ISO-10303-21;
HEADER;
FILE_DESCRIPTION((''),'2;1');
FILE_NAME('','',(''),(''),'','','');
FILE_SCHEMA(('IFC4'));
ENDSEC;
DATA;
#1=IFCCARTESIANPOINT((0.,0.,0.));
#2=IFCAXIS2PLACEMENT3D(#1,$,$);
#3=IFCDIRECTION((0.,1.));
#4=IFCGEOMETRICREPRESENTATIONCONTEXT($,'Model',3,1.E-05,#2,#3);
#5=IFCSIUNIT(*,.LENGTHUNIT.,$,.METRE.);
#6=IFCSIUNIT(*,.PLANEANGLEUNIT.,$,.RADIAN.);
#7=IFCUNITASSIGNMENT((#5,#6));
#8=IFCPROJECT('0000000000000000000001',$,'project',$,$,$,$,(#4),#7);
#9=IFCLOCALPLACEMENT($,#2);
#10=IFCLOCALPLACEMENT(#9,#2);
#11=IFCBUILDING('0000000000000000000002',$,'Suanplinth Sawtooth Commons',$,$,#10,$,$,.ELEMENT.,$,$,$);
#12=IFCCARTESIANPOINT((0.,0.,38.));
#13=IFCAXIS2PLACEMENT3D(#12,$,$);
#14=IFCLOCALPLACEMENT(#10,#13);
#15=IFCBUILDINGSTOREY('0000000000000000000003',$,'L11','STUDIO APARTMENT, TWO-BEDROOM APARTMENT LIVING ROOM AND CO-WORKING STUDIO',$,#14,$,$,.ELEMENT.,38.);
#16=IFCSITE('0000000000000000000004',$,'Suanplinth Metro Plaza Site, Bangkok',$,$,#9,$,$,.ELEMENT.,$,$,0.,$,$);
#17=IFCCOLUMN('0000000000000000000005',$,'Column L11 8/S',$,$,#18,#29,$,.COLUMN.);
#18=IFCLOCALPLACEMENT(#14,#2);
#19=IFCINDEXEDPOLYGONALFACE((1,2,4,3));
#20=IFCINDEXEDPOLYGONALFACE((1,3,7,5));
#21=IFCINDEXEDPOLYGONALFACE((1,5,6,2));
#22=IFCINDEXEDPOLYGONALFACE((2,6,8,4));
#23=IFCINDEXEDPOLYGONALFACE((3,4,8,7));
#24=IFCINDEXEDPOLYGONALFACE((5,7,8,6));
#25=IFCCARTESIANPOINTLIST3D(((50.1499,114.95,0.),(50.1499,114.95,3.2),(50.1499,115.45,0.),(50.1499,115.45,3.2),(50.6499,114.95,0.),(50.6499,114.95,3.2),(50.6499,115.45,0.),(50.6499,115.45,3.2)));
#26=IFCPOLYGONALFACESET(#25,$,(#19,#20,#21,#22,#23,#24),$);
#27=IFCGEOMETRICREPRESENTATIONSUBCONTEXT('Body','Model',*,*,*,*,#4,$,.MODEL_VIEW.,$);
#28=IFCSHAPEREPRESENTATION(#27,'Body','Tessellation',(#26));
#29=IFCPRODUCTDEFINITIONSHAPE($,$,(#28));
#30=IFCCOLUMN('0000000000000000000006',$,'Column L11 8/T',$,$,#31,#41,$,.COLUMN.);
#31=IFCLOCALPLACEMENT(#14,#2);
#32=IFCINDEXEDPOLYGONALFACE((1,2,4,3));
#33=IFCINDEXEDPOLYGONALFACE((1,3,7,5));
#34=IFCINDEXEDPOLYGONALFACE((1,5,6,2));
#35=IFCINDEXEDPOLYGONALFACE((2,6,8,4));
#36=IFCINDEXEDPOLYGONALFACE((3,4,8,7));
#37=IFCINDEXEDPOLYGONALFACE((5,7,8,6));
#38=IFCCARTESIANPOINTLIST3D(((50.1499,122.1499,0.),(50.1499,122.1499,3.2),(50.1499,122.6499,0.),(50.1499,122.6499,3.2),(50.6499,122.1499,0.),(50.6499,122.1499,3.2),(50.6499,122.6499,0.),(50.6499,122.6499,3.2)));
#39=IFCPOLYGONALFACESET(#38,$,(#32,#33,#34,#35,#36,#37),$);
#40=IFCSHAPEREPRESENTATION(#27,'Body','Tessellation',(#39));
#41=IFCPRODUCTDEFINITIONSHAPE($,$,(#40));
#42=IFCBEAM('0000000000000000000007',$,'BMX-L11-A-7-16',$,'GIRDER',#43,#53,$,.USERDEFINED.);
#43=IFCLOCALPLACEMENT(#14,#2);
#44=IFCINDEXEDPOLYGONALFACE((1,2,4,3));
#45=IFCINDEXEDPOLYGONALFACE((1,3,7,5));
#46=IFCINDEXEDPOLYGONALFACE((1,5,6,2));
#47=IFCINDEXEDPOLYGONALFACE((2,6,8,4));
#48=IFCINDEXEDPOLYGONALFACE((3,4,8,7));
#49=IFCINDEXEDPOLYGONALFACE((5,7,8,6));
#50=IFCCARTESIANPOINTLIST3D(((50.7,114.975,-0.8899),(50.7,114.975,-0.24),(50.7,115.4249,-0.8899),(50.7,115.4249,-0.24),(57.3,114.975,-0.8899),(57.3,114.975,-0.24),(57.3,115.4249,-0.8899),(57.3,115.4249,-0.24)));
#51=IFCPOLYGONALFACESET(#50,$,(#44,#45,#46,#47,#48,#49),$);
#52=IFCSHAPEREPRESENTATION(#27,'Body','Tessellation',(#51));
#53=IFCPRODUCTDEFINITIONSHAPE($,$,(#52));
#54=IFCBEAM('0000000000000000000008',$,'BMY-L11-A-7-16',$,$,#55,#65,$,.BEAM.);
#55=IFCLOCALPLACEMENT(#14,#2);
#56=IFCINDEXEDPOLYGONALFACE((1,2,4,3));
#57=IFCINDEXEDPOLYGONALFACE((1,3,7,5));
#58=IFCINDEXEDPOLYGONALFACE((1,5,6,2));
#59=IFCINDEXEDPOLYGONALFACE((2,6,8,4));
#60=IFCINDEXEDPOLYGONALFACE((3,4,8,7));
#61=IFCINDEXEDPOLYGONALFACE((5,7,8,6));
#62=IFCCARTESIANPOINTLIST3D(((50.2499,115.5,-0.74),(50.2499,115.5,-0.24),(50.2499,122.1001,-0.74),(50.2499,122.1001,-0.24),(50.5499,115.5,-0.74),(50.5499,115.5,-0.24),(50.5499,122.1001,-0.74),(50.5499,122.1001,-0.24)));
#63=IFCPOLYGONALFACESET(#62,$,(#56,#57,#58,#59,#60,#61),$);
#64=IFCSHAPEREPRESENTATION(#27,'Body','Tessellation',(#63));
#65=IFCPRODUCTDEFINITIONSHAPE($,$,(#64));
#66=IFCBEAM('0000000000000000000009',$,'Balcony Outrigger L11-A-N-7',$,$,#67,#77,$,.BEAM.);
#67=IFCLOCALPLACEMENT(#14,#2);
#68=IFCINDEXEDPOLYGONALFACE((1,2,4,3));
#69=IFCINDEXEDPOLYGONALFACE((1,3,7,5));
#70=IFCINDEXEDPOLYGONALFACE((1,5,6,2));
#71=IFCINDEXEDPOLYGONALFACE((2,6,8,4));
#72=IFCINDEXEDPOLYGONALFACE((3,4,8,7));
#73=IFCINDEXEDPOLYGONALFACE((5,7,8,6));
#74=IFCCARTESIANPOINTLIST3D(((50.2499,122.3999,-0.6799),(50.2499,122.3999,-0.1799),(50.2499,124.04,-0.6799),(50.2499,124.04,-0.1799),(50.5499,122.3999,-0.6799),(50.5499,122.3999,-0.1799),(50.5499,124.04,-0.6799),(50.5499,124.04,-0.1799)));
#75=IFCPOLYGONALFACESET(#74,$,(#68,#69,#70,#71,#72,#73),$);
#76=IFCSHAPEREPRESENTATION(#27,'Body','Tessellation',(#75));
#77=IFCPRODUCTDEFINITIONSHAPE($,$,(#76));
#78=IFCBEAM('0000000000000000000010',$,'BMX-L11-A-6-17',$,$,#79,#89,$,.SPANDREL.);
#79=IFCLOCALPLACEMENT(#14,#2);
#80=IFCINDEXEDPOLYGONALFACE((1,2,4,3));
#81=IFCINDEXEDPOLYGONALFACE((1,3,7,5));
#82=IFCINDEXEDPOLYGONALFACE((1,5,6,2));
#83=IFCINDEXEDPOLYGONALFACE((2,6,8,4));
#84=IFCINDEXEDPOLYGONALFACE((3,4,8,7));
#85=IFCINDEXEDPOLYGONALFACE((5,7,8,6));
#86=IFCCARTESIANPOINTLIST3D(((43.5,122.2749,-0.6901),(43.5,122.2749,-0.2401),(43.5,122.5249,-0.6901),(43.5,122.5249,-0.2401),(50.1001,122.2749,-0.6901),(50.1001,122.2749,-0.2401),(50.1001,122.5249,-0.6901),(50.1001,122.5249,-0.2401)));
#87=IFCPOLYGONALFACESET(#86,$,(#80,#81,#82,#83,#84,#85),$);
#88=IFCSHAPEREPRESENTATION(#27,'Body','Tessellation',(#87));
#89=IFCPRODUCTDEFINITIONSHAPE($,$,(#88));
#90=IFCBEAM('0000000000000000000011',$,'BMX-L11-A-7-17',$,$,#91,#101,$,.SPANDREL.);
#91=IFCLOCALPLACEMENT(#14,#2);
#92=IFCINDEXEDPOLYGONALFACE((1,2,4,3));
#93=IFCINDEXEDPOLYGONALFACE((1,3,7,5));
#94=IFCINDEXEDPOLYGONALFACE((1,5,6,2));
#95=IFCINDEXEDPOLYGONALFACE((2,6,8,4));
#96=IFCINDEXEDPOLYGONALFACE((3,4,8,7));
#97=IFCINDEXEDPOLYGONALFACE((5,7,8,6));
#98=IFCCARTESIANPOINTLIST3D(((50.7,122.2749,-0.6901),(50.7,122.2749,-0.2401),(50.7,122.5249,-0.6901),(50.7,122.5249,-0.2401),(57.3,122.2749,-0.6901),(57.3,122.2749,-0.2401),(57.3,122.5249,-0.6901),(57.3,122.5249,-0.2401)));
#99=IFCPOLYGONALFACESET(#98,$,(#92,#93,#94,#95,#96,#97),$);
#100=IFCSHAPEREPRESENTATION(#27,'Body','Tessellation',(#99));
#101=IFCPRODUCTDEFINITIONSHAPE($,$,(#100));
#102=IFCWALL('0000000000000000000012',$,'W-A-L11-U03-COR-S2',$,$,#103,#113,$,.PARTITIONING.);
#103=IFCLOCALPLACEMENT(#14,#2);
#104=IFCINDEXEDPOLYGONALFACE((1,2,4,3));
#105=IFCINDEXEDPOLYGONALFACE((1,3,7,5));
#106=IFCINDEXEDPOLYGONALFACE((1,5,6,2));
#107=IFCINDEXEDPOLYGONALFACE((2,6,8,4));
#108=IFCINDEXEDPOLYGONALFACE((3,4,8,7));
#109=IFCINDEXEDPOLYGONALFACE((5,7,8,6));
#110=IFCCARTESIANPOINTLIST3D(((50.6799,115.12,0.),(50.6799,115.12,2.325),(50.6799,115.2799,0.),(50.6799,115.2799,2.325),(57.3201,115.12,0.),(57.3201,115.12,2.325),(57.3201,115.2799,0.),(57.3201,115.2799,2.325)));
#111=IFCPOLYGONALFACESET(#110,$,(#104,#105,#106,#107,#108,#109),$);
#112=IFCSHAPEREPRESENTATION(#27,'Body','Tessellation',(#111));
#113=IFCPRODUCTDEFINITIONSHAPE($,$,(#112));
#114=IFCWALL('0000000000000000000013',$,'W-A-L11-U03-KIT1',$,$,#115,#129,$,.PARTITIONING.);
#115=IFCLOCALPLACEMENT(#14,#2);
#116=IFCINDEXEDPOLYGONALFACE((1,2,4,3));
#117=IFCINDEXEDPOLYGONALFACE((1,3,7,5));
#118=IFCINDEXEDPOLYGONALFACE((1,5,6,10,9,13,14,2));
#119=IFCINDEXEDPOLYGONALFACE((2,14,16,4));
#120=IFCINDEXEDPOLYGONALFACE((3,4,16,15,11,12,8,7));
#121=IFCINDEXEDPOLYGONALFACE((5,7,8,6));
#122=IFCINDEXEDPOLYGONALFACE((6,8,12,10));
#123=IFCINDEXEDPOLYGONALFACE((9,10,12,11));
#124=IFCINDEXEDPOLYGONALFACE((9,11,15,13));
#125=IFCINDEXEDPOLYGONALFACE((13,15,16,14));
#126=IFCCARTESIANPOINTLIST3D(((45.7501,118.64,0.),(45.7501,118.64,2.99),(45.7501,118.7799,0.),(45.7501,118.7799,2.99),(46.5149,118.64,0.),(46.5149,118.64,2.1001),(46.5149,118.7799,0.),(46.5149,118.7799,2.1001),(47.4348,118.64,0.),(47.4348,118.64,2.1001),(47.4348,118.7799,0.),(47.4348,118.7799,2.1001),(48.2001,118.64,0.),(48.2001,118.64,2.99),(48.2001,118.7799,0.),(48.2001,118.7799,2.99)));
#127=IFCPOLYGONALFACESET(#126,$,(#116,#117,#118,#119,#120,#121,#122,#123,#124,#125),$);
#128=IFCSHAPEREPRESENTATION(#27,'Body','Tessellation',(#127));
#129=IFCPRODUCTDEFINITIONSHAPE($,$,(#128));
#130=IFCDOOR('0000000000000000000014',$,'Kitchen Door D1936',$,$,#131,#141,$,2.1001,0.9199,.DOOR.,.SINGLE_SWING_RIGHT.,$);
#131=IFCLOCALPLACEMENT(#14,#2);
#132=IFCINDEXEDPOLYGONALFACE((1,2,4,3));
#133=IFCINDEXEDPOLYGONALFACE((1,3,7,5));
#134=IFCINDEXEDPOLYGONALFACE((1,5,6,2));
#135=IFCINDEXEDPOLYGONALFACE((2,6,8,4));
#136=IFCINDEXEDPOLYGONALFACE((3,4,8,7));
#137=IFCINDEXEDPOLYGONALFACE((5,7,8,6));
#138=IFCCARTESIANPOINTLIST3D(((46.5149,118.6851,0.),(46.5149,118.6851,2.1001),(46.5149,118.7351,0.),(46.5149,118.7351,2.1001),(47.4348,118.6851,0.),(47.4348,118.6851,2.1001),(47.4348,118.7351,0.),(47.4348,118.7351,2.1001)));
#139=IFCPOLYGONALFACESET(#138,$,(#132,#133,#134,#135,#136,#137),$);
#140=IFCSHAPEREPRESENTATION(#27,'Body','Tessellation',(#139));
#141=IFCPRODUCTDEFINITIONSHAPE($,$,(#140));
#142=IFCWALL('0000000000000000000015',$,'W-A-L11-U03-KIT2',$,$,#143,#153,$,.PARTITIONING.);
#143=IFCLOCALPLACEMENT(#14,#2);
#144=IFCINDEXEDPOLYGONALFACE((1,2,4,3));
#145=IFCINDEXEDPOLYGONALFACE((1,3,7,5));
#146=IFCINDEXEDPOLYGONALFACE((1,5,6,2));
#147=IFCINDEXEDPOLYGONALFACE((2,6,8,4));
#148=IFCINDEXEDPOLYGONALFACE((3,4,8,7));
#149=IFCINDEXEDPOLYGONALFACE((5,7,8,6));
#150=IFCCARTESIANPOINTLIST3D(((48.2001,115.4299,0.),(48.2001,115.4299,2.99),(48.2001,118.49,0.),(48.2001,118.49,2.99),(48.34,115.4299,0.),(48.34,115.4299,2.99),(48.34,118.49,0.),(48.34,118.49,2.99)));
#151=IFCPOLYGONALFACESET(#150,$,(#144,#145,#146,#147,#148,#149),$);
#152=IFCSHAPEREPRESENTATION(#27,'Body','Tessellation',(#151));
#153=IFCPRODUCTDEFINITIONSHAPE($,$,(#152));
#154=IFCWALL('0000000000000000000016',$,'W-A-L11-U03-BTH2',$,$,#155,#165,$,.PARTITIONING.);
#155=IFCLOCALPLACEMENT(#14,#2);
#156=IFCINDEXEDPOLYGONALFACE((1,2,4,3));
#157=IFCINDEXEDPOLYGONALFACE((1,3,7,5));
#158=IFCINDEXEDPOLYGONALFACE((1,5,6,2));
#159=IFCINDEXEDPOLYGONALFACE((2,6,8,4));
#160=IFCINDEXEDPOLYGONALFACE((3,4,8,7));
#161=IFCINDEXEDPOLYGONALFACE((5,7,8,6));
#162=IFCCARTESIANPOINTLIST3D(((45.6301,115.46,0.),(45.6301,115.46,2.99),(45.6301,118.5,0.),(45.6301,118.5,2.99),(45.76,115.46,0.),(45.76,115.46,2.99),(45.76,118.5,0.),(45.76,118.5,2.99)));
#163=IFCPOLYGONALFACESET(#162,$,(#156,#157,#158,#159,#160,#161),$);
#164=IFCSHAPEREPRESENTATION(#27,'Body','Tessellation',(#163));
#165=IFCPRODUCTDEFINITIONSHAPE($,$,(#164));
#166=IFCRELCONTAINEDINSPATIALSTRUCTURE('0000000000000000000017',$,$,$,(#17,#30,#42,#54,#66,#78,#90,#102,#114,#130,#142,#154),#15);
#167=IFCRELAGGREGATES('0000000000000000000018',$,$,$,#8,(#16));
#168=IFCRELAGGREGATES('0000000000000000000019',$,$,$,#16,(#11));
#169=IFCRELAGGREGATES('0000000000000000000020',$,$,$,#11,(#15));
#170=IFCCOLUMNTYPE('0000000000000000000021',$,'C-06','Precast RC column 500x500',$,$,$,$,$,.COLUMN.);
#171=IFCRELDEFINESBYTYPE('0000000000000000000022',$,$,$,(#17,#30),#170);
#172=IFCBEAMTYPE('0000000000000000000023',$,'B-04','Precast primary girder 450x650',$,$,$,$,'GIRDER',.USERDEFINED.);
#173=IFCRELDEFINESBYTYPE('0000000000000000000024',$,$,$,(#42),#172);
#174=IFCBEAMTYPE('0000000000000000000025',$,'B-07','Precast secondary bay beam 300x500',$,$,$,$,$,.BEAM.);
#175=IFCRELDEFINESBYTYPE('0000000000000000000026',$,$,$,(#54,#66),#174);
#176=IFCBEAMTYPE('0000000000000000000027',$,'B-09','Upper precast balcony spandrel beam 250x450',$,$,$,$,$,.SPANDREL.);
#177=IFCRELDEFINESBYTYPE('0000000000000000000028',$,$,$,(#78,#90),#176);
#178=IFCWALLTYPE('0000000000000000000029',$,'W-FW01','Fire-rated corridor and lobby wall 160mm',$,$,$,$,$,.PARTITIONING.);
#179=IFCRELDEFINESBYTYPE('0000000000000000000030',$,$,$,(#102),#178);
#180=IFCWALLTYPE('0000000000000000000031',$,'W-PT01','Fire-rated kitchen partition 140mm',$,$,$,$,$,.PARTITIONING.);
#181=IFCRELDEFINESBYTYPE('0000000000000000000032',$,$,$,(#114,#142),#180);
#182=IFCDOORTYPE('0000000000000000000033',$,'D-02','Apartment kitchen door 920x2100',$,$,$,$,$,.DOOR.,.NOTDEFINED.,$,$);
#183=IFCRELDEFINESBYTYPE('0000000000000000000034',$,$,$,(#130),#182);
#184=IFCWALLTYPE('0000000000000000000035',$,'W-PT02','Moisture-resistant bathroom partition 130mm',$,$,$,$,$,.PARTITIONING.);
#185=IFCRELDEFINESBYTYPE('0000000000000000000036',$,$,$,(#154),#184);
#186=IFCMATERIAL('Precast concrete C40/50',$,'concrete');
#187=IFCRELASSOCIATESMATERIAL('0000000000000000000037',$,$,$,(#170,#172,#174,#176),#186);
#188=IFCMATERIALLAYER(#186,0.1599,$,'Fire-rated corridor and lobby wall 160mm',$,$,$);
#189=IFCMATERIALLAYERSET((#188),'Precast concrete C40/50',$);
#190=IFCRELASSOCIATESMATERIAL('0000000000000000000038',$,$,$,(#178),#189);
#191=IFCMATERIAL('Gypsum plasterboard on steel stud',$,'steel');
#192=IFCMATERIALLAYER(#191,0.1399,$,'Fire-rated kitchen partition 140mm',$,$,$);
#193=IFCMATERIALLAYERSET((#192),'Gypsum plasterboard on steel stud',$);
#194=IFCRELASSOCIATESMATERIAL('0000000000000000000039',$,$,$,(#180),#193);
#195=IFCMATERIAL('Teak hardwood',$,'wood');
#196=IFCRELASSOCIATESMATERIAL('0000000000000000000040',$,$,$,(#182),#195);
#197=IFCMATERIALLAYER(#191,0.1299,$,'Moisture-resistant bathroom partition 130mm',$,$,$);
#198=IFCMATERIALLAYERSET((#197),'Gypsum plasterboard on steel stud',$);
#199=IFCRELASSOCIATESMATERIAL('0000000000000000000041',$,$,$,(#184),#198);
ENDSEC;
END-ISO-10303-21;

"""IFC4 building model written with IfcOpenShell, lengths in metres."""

from ifc_helpers import new_model, si_unit, direction, frame, frame_2d, origin, origin_2d, place, context, subcontext, project, spatial, rectangle, extrude, material, layer, layer_set, material_profile, profile_set, type_object, element, fill, save


model = new_model("IFC4")

# Units and contexts
model_context = context("Model", 3, precision=1e-05, world=origin(), true_north=direction((0.0, 1.0)))
body_context = subcontext(model_context, "Body", "Model", "MODEL_VIEW")
ifc_project = project(units=[si_unit("LENGTHUNIT", "METRE"), si_unit("PLANEANGLEUNIT", "RADIAN")], contexts=[model_context])

# Site, building, storey
site_placement = place(None, origin())
site = spatial("IfcSite", under=ifc_project, at=site_placement, Name="Suanplinth Metro Plaza Site, Bangkok", CompositionType="ELEMENT", RefElevation=0.0)
building_placement = place(site_placement, origin())
building = spatial("IfcBuilding", under=site, at=building_placement, Name="Suanplinth Sawtooth Commons", CompositionType="ELEMENT")
storey_placement = place(building_placement, frame((0.0, 0.0, 38.0)))
storey = spatial("IfcBuildingStorey", under=building, at=storey_placement, Name="L11", Description="STUDIO APARTMENT, TWO-BEDROOM APARTMENT LIVING ROOM AND CO-WORKING STUDIO", CompositionType="ELEMENT", Elevation=38.0)

# Columns
ifc_material_1 = material(Name="Precast concrete C40/50", Category="concrete")
ifc_material_profile_1 = material_profile(ifc_material_1, rectangle(XDim=0.5, YDim=0.5, at=origin_2d()), Name="PC-COL 500x500")
ifc_profile_set_1 = profile_set([ifc_material_profile_1], Name="Precast concrete C40/50")
column_type = type_object("IfcColumnType", Name="C-06", Description="Precast RC column 500x500", PredefinedType="COLUMN", material=ifc_profile_set_1)
for number, where, z_axis, x_axis, name in (
    (1, (50.3999, 115.2, 0.0), (0.0, 0.0, 1.0), (1.0, 0.0, 0.0), "Column L11 8/S"),
    (2, (50.3999, 122.3999, 0.0), (0.0, 0.0, 1.0), (1.0, 0.0, 0.0), "Column L11 8/T"),
):
    element("IfcColumn", number, at=place(storey_placement, frame(where, z_axis=z_axis, x_axis=x_axis)), inside=storey, type_object=column_type, Name=name, PredefinedType="COLUMN", context=body_context, shape_type="SweptSolid", body=[
        extrude(rectangle(XDim=0.5, YDim=0.5, at=origin_2d()), origin(), (0.0, 0.0, 1.0), 3.2),
    ])

# Beams
ifc_material_profile_2 = material_profile(ifc_material_1, rectangle(XDim=0.45, YDim=0.6499, at=origin_2d()), Name="PC-GDR 450x650")
ifc_profile_set_2 = profile_set([ifc_material_profile_2], Name="Precast concrete C40/50")
beam_type_1 = type_object("IfcBeamType", Name="B-04", Description="Precast primary girder 450x650", ElementType="GIRDER", PredefinedType="USERDEFINED", material=ifc_profile_set_2)
beam_1_placement = place(storey_placement, frame((50.7, 115.2, -0.5649), z_axis=(1.0, 0.0, 0.0), x_axis=(0.0, 1.0, 0.0)))
element("IfcBeam", 3, at=beam_1_placement, inside=storey, type_object=beam_type_1, Name="BMX-L11-A-7-16", ObjectType="GIRDER", PredefinedType="USERDEFINED", context=body_context, shape_type="SweptSolid", body=[
    extrude(rectangle(XDim=0.45, YDim=0.6499, at=origin_2d()), origin(), (0.0, 0.0, 1.0), 6.6001),
])
ifc_material_profile_3 = material_profile(ifc_material_1, rectangle(XDim=0.3, YDim=0.5, at=origin_2d()), Name="PC-BM 300x500")
ifc_profile_set_3 = profile_set([ifc_material_profile_3], Name="Precast concrete C40/50")
beam_type_2 = type_object("IfcBeamType", Name="B-07", Description="Precast secondary bay beam 300x500", PredefinedType="BEAM", material=ifc_profile_set_3)
beam_2_placement = place(storey_placement, frame((50.3999, 115.5, -0.49), z_axis=(0.0, 1.0, 0.0), x_axis=(-1.0, 0.0, 0.0)))
element("IfcBeam", 4, at=beam_2_placement, inside=storey, type_object=beam_type_2, Name="BMY-L11-A-7-16", PredefinedType="BEAM", context=body_context, shape_type="SweptSolid", body=[
    extrude(rectangle(XDim=0.3, YDim=0.5, at=origin_2d()), origin(), (0.0, 0.0, 1.0), 6.6001),
])
beam_3_placement = place(storey_placement, frame((50.3999, 122.3999, -0.4299), z_axis=(0.0, 1.0, 0.0), x_axis=(-1.0, 0.0, 0.0)))
element("IfcBeam", 5, at=beam_3_placement, inside=storey, type_object=beam_type_2, Name="Balcony Outrigger L11-A-N-7", PredefinedType="BEAM", context=body_context, shape_type="SweptSolid", body=[
    extrude(rectangle(XDim=0.3, YDim=0.5, at=origin_2d()), origin(), (0.0, 0.0, 1.0), 1.6401),
])
ifc_material_profile_4 = material_profile(ifc_material_1, rectangle(XDim=0.25, YDim=0.45, at=origin_2d()), Name="PC-SP 250x450")
ifc_profile_set_4 = profile_set([ifc_material_profile_4], Name="Precast concrete C40/50")
beam_type_3 = type_object("IfcBeamType", Name="B-09", Description="Upper precast balcony spandrel beam 250x450", PredefinedType="SPANDREL", material=ifc_profile_set_4)
for number, where, z_axis, x_axis, name in (
    (6, (43.5, 122.3999, -0.4651), (1.0, 0.0, 0.0), (0.0, 1.0, 0.0), "BMX-L11-A-6-17"),
    (7, (50.7, 122.3999, -0.4651), (1.0, 0.0, 0.0), (0.0, 1.0, 0.0), "BMX-L11-A-7-17"),
):
    element("IfcBeam", number, at=place(storey_placement, frame(where, z_axis=z_axis, x_axis=x_axis)), inside=storey, type_object=beam_type_3, Name=name, PredefinedType="SPANDREL", context=body_context, shape_type="SweptSolid", body=[
        extrude(rectangle(XDim=0.25, YDim=0.45, at=origin_2d()), origin(), (0.0, 0.0, 1.0), 6.6001),
    ])

# Wall
ifc_layer_1 = layer(ifc_material_1, 0.1599, Name="Fire-rated corridor and lobby wall 160mm")
ifc_layer_set_1 = layer_set([ifc_layer_1], Name="Precast concrete C40/50")
wall_type_1 = type_object("IfcWallType", Name="W-FW01", Description="Fire-rated corridor and lobby wall 160mm", PredefinedType="PARTITIONING", material=ifc_layer_set_1)
wall_1_placement = place(storey_placement, frame((50.6799, 115.2, 0.0), z_axis=(0.0, 0.0, 1.0), x_axis=(1.0, 0.0, 0.0)))
element("IfcWall", 8, at=wall_1_placement, inside=storey, type_object=wall_type_1, Name="W-A-L11-U03-COR-S2", PredefinedType="PARTITIONING", context=body_context, shape_type="SweptSolid", body=[
    extrude(rectangle(XDim=6.6401, YDim=0.1599, at=frame_2d((3.3201, 0.0))), origin(), (0.0, 0.0, 1.0), 2.325),
])

# Wall, opening, door
ifc_material_2 = material(Name="Gypsum plasterboard on steel stud", Category="steel")
ifc_layer_2 = layer(ifc_material_2, 0.1399, Name="Fire-rated kitchen partition 140mm")
ifc_layer_set_2 = layer_set([ifc_layer_2], Name="Gypsum plasterboard on steel stud")
wall_type_2 = type_object("IfcWallType", Name="W-PT01", Description="Fire-rated kitchen partition 140mm", PredefinedType="PARTITIONING", material=ifc_layer_set_2)
wall_2_placement = place(storey_placement, frame((45.75, 118.71, 0.0), z_axis=(0.0, 0.0, 1.0), x_axis=(1.0, 0.0, 0.0)))
wall_2 = element("IfcWall", 9, at=wall_2_placement, inside=storey, type_object=wall_type_2, Name="W-A-L11-U03-KIT1", PredefinedType="PARTITIONING", context=body_context, shape_type="SweptSolid", body=[
    extrude(rectangle(XDim=2.45, YDim=0.1399, at=frame_2d((1.2251, 0.0))), origin(), (0.0, 0.0, 1.0), 2.99),
])
opening_1_placement = place(wall_2_placement, frame((0.7649, 0.0, 0.0)))
opening_1 = element("IfcOpeningElement", 10, at=opening_1_placement, cuts=wall_2, PredefinedType="OPENING", context=body_context, shape_type="SweptSolid", body=[
    extrude(rectangle(XDim=0.9199, YDim=2.1001, at=frame_2d((0.46, 1.05))), frame((0.0, 0.085, 0.0), z_axis=(0.0, -1.0, 0.0), x_axis=(1.0, 0.0, 0.0)), (0.0, 0.0, 1.0), 0.1697),
])
ifc_material_3 = material(Name="Teak hardwood", Category="wood")
door_type_1 = type_object("IfcDoorType", Name="D-02", Description="Apartment kitchen door 920x2100", OperationType="NOTDEFINED", PredefinedType="DOOR", material=ifc_material_3)
door_1_placement = place(opening_1_placement, frame((0.9199, 0.0, 0.0), z_axis=(0.0, 0.0, 1.0), x_axis=(-1.0, 0.0, 0.0)))
door_1 = element("IfcDoor", 11, at=door_1_placement, inside=storey, type_object=door_type_1, Name="Kitchen Door D1936", OperationType="SINGLE_SWING_RIGHT", OverallHeight=2.1001, OverallWidth=0.9199, PredefinedType="DOOR", context=body_context, shape_type="SweptSolid", body=[
    extrude(rectangle(XDim=0.9199, YDim=2.1001, at=frame_2d((0.46, 1.05))), frame((0.0, 0.0249, 0.0), z_axis=(0.0, -1.0, 0.0), x_axis=(1.0, 0.0, 0.0)), (0.0, 0.0, 1.0), 0.05),
])
fill(opening_1, door_1)

# Walls
wall_3_placement = place(storey_placement, frame((48.27, 115.4299, 0.0), z_axis=(0.0, 0.0, 1.0), x_axis=(0.0, 1.0, 0.0)))
element("IfcWall", 12, at=wall_3_placement, inside=storey, type_object=wall_type_2, Name="W-A-L11-U03-KIT2", PredefinedType="PARTITIONING", context=body_context, shape_type="SweptSolid", body=[
    extrude(rectangle(XDim=3.0601, YDim=0.1399, at=frame_2d((1.53, 0.0))), origin(), (0.0, 0.0, 1.0), 2.99),
])
ifc_layer_3 = layer(ifc_material_2, 0.1299, Name="Moisture-resistant bathroom partition 130mm")
ifc_layer_set_3 = layer_set([ifc_layer_3], Name="Gypsum plasterboard on steel stud")
wall_type_3 = type_object("IfcWallType", Name="W-PT02", Description="Moisture-resistant bathroom partition 130mm", PredefinedType="PARTITIONING", material=ifc_layer_set_3)
wall_4_placement = place(storey_placement, frame((45.6951, 115.46, 0.0), z_axis=(0.0, 0.0, 1.0), x_axis=(0.0, 1.0, 0.0)))
element("IfcWall", 13, at=wall_4_placement, inside=storey, type_object=wall_type_3, Name="W-A-L11-U03-BTH2", PredefinedType="PARTITIONING", context=body_context, shape_type="SweptSolid", body=[
    extrude(rectangle(XDim=3.04, YDim=0.1299, at=frame_2d((1.52, 0.0))), origin(), (0.0, 0.0, 1.0), 2.99),
])

save(model, "model.ifc")
